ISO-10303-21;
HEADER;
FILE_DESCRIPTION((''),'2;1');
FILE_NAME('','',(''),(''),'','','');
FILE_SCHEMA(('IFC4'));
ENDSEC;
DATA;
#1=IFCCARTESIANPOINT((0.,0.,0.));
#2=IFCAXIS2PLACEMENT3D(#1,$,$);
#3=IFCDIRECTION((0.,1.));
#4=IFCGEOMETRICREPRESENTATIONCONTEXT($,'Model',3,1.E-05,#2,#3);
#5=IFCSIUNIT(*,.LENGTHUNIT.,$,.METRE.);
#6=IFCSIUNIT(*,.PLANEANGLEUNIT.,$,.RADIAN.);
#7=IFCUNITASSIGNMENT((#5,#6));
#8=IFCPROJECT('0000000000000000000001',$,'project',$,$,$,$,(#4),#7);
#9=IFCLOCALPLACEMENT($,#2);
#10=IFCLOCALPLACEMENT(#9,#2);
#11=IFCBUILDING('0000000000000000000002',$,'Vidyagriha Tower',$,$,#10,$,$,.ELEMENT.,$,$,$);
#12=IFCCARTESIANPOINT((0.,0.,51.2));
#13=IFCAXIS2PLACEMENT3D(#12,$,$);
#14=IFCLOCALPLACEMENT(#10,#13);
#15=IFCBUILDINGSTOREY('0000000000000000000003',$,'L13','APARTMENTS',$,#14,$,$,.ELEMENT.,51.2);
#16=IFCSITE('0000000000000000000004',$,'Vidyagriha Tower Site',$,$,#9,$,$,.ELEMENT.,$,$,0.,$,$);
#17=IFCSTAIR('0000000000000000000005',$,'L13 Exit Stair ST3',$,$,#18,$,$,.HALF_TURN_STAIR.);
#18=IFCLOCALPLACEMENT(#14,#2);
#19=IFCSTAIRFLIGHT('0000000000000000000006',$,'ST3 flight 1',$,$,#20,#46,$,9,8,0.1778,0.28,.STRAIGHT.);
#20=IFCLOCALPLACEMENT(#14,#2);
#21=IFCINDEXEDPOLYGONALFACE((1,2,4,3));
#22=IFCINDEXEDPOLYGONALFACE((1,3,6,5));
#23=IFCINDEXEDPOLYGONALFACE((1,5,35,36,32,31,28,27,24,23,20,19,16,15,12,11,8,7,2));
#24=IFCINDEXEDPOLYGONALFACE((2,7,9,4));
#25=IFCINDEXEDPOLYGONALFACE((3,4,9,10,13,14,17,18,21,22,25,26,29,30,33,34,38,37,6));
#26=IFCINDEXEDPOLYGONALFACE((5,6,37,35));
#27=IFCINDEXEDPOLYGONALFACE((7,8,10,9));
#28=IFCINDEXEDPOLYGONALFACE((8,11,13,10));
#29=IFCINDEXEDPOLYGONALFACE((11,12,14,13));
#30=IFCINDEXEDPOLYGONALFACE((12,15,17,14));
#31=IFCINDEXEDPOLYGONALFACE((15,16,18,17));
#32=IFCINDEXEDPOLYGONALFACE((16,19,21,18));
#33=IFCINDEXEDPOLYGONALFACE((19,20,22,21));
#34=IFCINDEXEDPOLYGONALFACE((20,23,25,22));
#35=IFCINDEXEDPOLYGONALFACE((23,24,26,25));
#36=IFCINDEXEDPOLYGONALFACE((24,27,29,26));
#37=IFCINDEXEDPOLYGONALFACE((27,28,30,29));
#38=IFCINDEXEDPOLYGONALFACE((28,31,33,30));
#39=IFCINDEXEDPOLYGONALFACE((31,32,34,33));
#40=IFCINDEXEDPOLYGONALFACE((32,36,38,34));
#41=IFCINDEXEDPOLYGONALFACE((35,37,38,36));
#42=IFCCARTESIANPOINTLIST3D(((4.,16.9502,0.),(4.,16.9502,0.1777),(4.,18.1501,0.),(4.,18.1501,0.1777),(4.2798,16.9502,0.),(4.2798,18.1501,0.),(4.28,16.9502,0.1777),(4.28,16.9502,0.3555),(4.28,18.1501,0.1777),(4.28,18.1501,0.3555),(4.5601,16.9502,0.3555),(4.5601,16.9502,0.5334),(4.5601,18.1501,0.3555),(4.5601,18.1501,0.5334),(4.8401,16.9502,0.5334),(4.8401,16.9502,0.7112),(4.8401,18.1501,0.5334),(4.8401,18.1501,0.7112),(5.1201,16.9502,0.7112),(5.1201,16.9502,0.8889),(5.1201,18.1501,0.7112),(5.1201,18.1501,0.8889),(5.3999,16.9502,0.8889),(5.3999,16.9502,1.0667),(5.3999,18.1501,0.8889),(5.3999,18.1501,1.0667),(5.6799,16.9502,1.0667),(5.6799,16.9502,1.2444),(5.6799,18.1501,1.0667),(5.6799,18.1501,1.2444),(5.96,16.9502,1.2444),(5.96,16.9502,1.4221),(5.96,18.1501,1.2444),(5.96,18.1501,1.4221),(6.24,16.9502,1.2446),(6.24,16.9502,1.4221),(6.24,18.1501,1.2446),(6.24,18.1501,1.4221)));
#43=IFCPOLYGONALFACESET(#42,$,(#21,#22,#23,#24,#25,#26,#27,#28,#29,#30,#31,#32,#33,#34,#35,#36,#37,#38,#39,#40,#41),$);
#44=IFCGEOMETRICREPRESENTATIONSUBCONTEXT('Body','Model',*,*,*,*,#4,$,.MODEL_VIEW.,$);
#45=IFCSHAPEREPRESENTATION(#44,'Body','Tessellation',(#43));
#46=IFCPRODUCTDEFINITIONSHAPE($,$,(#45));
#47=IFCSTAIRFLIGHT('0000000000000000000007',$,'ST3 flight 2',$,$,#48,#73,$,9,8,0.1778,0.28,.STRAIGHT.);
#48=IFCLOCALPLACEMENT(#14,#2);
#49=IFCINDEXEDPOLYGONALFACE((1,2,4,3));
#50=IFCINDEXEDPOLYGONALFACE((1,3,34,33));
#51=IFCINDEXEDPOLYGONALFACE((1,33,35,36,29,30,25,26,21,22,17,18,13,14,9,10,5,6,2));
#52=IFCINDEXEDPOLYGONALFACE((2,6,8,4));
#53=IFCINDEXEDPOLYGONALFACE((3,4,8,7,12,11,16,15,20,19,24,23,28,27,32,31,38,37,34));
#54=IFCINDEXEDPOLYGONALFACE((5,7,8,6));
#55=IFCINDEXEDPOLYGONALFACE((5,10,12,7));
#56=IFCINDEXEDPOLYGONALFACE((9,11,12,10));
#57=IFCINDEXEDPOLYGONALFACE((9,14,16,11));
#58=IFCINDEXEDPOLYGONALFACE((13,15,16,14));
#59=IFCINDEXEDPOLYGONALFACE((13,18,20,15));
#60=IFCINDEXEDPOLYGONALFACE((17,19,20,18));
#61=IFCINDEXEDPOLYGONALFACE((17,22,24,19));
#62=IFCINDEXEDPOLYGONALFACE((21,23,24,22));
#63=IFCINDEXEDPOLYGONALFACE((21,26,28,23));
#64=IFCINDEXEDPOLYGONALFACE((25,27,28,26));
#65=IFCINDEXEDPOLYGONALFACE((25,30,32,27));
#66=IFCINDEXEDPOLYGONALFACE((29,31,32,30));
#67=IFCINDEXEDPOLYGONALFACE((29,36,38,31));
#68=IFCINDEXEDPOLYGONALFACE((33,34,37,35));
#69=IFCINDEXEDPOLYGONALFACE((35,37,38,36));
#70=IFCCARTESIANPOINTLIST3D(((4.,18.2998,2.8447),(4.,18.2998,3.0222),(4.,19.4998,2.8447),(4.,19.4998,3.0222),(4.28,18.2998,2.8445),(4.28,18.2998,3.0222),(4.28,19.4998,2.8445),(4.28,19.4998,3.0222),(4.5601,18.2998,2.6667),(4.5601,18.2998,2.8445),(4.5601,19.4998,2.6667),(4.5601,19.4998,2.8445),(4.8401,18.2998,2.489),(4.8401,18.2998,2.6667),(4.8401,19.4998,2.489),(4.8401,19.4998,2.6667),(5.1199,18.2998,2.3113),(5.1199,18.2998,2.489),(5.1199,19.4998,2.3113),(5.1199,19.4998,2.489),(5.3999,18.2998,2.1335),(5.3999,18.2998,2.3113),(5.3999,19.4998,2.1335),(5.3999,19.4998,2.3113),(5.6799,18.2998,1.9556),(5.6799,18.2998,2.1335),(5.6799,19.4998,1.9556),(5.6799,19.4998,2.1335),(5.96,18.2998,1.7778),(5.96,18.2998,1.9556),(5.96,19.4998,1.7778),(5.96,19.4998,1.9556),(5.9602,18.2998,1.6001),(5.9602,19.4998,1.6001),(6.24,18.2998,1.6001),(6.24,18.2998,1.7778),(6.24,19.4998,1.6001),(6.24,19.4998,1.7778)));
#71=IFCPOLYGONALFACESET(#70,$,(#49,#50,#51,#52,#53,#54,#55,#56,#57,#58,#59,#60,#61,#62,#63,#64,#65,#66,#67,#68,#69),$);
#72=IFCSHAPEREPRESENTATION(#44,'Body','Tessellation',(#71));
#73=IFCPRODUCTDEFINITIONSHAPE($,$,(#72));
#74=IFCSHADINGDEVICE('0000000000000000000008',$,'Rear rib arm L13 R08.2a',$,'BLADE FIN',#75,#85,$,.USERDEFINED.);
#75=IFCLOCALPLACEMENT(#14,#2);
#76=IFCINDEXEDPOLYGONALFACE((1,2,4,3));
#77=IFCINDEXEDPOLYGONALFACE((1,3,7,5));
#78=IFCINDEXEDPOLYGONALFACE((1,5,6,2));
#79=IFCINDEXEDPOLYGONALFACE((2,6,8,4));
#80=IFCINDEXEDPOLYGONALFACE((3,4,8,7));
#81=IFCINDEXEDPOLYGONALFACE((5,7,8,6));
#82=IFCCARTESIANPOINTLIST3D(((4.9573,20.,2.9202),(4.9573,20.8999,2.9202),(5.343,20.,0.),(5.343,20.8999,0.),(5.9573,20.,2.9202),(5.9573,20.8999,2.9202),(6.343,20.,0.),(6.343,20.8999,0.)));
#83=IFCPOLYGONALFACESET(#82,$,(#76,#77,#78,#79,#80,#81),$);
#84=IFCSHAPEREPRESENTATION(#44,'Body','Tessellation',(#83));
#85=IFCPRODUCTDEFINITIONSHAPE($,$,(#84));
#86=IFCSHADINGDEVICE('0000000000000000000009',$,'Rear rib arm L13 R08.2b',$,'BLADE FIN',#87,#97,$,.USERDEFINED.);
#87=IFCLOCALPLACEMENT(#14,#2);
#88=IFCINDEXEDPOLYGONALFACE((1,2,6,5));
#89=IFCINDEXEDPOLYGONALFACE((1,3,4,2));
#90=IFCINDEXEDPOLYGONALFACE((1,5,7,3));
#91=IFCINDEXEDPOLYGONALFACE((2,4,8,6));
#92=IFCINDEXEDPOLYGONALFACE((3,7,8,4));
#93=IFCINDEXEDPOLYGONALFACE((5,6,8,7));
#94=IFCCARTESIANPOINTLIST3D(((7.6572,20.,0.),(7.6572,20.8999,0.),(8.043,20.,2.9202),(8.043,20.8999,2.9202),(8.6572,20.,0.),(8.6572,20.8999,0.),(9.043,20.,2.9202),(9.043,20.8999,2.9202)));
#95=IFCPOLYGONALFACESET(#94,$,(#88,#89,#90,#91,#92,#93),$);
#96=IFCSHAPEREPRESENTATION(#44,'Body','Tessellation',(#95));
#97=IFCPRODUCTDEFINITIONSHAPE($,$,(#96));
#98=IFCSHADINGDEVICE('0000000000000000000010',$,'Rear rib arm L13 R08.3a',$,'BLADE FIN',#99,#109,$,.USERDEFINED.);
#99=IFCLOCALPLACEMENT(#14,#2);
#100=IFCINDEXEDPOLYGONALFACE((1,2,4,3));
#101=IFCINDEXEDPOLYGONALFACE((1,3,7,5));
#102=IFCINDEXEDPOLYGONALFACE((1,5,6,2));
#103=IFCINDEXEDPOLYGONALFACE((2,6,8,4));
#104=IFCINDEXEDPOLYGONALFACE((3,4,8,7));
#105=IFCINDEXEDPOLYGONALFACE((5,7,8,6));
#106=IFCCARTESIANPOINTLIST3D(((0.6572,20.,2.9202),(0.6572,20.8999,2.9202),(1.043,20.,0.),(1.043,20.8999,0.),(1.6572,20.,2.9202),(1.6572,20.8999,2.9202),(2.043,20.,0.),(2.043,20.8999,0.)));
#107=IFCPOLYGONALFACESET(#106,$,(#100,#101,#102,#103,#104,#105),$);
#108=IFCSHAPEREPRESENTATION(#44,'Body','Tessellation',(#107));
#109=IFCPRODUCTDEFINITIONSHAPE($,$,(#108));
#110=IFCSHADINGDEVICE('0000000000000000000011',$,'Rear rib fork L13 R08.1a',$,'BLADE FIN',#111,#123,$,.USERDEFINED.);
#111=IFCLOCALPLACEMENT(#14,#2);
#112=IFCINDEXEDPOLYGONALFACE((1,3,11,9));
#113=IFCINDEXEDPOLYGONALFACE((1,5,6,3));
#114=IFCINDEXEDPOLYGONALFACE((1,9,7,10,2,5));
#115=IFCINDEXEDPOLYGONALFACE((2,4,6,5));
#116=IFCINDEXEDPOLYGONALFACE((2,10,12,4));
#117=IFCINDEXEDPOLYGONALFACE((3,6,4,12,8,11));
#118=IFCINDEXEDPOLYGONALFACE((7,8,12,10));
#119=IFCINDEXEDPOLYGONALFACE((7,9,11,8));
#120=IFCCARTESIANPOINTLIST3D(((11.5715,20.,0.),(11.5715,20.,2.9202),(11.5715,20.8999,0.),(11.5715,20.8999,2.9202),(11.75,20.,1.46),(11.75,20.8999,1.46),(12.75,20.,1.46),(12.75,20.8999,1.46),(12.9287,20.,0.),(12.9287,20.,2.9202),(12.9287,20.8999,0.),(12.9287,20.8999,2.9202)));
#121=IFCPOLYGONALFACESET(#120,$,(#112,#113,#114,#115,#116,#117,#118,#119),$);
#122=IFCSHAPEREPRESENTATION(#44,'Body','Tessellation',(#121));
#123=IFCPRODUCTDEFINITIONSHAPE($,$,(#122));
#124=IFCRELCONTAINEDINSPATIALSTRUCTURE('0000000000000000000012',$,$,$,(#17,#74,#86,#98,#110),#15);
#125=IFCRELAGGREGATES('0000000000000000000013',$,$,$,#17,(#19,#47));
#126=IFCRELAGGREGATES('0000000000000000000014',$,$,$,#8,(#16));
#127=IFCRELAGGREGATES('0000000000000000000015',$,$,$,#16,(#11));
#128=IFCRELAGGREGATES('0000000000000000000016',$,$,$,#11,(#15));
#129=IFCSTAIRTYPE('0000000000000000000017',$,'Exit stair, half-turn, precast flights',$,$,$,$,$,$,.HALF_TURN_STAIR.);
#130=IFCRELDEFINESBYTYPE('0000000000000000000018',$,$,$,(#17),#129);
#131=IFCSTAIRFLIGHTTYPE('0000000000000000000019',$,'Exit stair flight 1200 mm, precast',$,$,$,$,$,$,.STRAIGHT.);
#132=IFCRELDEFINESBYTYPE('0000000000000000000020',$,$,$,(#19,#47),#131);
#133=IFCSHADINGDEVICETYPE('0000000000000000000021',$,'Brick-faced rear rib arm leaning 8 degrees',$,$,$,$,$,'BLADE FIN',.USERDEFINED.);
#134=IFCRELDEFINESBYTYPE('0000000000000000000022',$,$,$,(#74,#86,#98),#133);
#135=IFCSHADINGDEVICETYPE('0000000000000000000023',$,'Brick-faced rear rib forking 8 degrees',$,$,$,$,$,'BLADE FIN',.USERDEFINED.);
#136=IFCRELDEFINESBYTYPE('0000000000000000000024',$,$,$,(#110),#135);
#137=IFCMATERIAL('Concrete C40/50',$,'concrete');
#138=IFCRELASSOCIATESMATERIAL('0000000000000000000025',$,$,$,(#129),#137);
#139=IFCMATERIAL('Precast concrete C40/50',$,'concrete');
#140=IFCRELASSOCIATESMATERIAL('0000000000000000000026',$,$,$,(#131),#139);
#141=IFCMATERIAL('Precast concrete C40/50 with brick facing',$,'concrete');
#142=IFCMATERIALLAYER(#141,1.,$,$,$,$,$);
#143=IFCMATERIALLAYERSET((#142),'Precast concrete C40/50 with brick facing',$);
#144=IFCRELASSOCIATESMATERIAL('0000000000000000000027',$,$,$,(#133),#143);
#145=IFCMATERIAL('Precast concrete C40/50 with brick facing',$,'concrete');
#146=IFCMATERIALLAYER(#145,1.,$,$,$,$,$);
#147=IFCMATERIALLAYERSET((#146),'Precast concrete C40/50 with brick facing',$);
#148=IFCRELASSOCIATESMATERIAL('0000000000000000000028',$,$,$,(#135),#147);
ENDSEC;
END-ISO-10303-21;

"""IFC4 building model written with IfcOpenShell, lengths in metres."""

from ifc_helpers import new_model, si_unit, direction, frame, origin, place, context, subcontext, project, spatial, polyline, outline, extrude, material, layer, layer_set, type_object, element, aggregate, save


model = new_model("IFC4")

# Units and contexts
model_context = context("Model", 3, precision=1e-05, world=origin(), true_north=direction((0.0, 1.0)))
body_context = subcontext(model_context, "Body", "Model", "MODEL_VIEW")
ifc_project = project(units=[si_unit("LENGTHUNIT", "METRE"), si_unit("PLANEANGLEUNIT", "RADIAN")], contexts=[model_context])

# Site, building, storey
site_placement = place(None, origin())
site = spatial("IfcSite", under=ifc_project, at=site_placement, Name="Vidyagriha Tower Site", CompositionType="ELEMENT", RefElevation=0.0)
building_placement = place(site_placement, origin())
building = spatial("IfcBuilding", under=site, at=building_placement, Name="Vidyagriha Tower", CompositionType="ELEMENT")
storey_placement = place(building_placement, frame((0.0, 0.0, 51.2)))
storey = spatial("IfcBuildingStorey", under=building, at=storey_placement, Name="L13", Description="APARTMENTS", CompositionType="ELEMENT", Elevation=51.2)

# Shared definitions
ifc_material_1 = material(Name="Concrete C40/50", Category="concrete")
stair_type = type_object("IfcStairType", Name="Exit stair, half-turn, precast flights", PredefinedType="HALF_TURN_STAIR", material=ifc_material_1)
ifc_material_2 = material(Name="Precast concrete C40/50", Category="concrete")
stair_flight_type = type_object("IfcStairFlightType", Name="Exit stair flight 1200 mm, precast", PredefinedType="STRAIGHT", material=ifc_material_2)

# Stair, stair flights
stair_1_placement = place(storey_placement, origin())
stair_1 = element("IfcStair", 1, at=stair_1_placement, inside=storey, type_object=stair_type, Name="L13 Exit Stair ST3", PredefinedType="HALF_TURN_STAIR")
stair_flight_1_placement = place(storey_placement, frame((4.0, 17.55, 0.0)))
stair_flight_1 = element("IfcStairFlight", 2, at=stair_flight_1_placement, type_object=stair_flight_type, Name="ST3 flight 1", NumberOfRisers=9, NumberOfTreads=8, PredefinedType="STRAIGHT", RiserHeight=0.1778, TreadLength=0.28, context=body_context, shape_type="SweptSolid", body=[
    extrude(outline(polyline([(0.0, 0.0), (0.0, 0.1777), (0.28, 0.1777), (0.28, 0.3555), (0.5601, 0.3555), (0.5601, 0.5334), (0.8401, 0.5334), (0.8401, 0.7112), (1.1201, 0.7112), (1.1201, 0.8889), (1.3999, 0.8889), (1.3999, 1.0667), (1.6799, 1.0667), (1.6799, 1.2444), (1.96, 1.2444), (1.96, 1.4221), (2.24, 1.4221), (2.24, 1.6001), (2.24, 1.2446), (0.2798, 0.0), (0.0, 0.0)])), frame((0.0, 0.6001, 0.0), z_axis=(0.0, -1.0, 0.0), x_axis=(1.0, 0.0, 0.0)), (0.0, 0.0, 1.0), 1.2),
])
stair_flight_2_placement = place(storey_placement, frame((6.24, 18.8999, 1.6001), z_axis=(0.0, 0.0, 1.0), x_axis=(-1.0, 0.0, 0.0)))
stair_flight_2 = element("IfcStairFlight", 3, at=stair_flight_2_placement, type_object=stair_flight_type, Name="ST3 flight 2", NumberOfRisers=9, NumberOfTreads=8, PredefinedType="STRAIGHT", RiserHeight=0.1778, TreadLength=0.28, context=body_context, shape_type="SweptSolid", body=[
    extrude(outline(polyline([(0.0, 0.0), (0.0, 0.1777), (0.28, 0.1777), (0.28, 0.3555), (0.5601, 0.3555), (0.5601, 0.5334), (0.8401, 0.5334), (0.8401, 0.7112), (1.1201, 0.7112), (1.1201, 0.8889), (1.3999, 0.8889), (1.3999, 1.0667), (1.6799, 1.0667), (1.6799, 1.2444), (1.96, 1.2444), (1.96, 1.4221), (2.24, 1.4221), (2.24, 1.6001), (2.24, 1.2446), (0.2798, 0.0), (0.0, 0.0)])), frame((0.0, 0.6001, 0.0), z_axis=(0.0, -1.0, 0.0), x_axis=(1.0, 0.0, 0.0)), (0.0, 0.0, 1.0), 1.2),
])
aggregate(stair_1, [stair_flight_1, stair_flight_2])

# Shading devices
ifc_material_3 = material(Name="Precast concrete C40/50 with brick facing", Category="concrete")
ifc_layer_1 = layer(ifc_material_3, 1.0)
ifc_layer_set_1 = layer_set([ifc_layer_1], Name="Precast concrete C40/50 with brick facing")
shading_device_type_1 = type_object("IfcShadingDeviceType", Name="Brick-faced rear rib arm leaning 8 degrees", ElementType="BLADE FIN", PredefinedType="USERDEFINED", material=ifc_layer_set_1)
shading_device_1_placement = place(storey_placement, frame((6.343, 20.45, 0.0), z_axis=(0.0, 0.0, 1.0), x_axis=(-1.0, 0.0, 0.0)))
element("IfcShadingDevice", 4, at=shading_device_1_placement, inside=storey, type_object=shading_device_type_1, Name="Rear rib arm L13 R08.2a", ObjectType="BLADE FIN", PredefinedType="USERDEFINED", context=body_context, shape_type="SweptSolid", body=[
    extrude(outline(polyline([(0.0, 0.0), (1.0, 0.0), (1.3857, 2.9202), (0.3857, 2.9202), (0.0, 0.0)])), frame((0.0, 0.45, 0.0), z_axis=(0.0, -1.0, 0.0), x_axis=(1.0, 0.0, 0.0)), (0.0, 0.0, 1.0), 0.8999),
])
shading_device_2_placement = place(storey_placement, frame((9.043, 20.45, 0.0), z_axis=(0.0, 0.0, 1.0), x_axis=(-1.0, 0.0, 0.0)))
element("IfcShadingDevice", 5, at=shading_device_2_placement, inside=storey, type_object=shading_device_type_1, Name="Rear rib arm L13 R08.2b", ObjectType="BLADE FIN", PredefinedType="USERDEFINED", context=body_context, shape_type="SweptSolid", body=[
    extrude(outline(polyline([(0.3857, 0.0), (1.3857, 0.0), (1.0, 2.9202), (0.0, 2.9202), (0.3857, 0.0)])), frame((0.0, 0.45, 0.0), z_axis=(0.0, -1.0, 0.0), x_axis=(1.0, 0.0, 0.0)), (0.0, 0.0, 1.0), 0.8999),
])
shading_device_3_placement = place(storey_placement, frame((2.043, 20.45, 0.0), z_axis=(0.0, 0.0, 1.0), x_axis=(-1.0, 0.0, 0.0)))
element("IfcShadingDevice", 6, at=shading_device_3_placement, inside=storey, type_object=shading_device_type_1, Name="Rear rib arm L13 R08.3a", ObjectType="BLADE FIN", PredefinedType="USERDEFINED", context=body_context, shape_type="SweptSolid", body=[
    extrude(outline(polyline([(0.0, 0.0), (1.0, 0.0), (1.3857, 2.9202), (0.3857, 2.9202), (0.0, 0.0)])), frame((0.0, 0.45, 0.0), z_axis=(0.0, -1.0, 0.0), x_axis=(1.0, 0.0, 0.0)), (0.0, 0.0, 1.0), 0.8999),
])
ifc_material_4 = material(Name="Precast concrete C40/50 with brick facing", Category="concrete")
ifc_layer_2 = layer(ifc_material_4, 1.0)
ifc_layer_set_2 = layer_set([ifc_layer_2], Name="Precast concrete C40/50 with brick facing")
shading_device_type_2 = type_object("IfcShadingDeviceType", Name="Brick-faced rear rib forking 8 degrees", ElementType="BLADE FIN", PredefinedType="USERDEFINED", material=ifc_layer_set_2)
shading_device_4_placement = place(storey_placement, frame((12.9287, 20.45, 0.0), z_axis=(0.0, 0.0, 1.0), x_axis=(-1.0, 0.0, 0.0)))
element("IfcShadingDevice", 7, at=shading_device_4_placement, inside=storey, type_object=shading_device_type_2, Name="Rear rib fork L13 R08.1a", ObjectType="BLADE FIN", PredefinedType="USERDEFINED", context=body_context, shape_type="SweptSolid", body=[
    extrude(outline(polyline([(0.0, 0.0), (1.3572, 0.0), (1.1787, 1.46), (1.3572, 2.9202), (0.0, 2.9202), (0.1787, 1.46), (0.0, 0.0)])), frame((0.0, 0.45, 0.0), z_axis=(0.0, -1.0, 0.0), x_axis=(1.0, 0.0, 0.0)), (0.0, 0.0, 1.0), 0.8999),
])

save(model, "model.ifc")
